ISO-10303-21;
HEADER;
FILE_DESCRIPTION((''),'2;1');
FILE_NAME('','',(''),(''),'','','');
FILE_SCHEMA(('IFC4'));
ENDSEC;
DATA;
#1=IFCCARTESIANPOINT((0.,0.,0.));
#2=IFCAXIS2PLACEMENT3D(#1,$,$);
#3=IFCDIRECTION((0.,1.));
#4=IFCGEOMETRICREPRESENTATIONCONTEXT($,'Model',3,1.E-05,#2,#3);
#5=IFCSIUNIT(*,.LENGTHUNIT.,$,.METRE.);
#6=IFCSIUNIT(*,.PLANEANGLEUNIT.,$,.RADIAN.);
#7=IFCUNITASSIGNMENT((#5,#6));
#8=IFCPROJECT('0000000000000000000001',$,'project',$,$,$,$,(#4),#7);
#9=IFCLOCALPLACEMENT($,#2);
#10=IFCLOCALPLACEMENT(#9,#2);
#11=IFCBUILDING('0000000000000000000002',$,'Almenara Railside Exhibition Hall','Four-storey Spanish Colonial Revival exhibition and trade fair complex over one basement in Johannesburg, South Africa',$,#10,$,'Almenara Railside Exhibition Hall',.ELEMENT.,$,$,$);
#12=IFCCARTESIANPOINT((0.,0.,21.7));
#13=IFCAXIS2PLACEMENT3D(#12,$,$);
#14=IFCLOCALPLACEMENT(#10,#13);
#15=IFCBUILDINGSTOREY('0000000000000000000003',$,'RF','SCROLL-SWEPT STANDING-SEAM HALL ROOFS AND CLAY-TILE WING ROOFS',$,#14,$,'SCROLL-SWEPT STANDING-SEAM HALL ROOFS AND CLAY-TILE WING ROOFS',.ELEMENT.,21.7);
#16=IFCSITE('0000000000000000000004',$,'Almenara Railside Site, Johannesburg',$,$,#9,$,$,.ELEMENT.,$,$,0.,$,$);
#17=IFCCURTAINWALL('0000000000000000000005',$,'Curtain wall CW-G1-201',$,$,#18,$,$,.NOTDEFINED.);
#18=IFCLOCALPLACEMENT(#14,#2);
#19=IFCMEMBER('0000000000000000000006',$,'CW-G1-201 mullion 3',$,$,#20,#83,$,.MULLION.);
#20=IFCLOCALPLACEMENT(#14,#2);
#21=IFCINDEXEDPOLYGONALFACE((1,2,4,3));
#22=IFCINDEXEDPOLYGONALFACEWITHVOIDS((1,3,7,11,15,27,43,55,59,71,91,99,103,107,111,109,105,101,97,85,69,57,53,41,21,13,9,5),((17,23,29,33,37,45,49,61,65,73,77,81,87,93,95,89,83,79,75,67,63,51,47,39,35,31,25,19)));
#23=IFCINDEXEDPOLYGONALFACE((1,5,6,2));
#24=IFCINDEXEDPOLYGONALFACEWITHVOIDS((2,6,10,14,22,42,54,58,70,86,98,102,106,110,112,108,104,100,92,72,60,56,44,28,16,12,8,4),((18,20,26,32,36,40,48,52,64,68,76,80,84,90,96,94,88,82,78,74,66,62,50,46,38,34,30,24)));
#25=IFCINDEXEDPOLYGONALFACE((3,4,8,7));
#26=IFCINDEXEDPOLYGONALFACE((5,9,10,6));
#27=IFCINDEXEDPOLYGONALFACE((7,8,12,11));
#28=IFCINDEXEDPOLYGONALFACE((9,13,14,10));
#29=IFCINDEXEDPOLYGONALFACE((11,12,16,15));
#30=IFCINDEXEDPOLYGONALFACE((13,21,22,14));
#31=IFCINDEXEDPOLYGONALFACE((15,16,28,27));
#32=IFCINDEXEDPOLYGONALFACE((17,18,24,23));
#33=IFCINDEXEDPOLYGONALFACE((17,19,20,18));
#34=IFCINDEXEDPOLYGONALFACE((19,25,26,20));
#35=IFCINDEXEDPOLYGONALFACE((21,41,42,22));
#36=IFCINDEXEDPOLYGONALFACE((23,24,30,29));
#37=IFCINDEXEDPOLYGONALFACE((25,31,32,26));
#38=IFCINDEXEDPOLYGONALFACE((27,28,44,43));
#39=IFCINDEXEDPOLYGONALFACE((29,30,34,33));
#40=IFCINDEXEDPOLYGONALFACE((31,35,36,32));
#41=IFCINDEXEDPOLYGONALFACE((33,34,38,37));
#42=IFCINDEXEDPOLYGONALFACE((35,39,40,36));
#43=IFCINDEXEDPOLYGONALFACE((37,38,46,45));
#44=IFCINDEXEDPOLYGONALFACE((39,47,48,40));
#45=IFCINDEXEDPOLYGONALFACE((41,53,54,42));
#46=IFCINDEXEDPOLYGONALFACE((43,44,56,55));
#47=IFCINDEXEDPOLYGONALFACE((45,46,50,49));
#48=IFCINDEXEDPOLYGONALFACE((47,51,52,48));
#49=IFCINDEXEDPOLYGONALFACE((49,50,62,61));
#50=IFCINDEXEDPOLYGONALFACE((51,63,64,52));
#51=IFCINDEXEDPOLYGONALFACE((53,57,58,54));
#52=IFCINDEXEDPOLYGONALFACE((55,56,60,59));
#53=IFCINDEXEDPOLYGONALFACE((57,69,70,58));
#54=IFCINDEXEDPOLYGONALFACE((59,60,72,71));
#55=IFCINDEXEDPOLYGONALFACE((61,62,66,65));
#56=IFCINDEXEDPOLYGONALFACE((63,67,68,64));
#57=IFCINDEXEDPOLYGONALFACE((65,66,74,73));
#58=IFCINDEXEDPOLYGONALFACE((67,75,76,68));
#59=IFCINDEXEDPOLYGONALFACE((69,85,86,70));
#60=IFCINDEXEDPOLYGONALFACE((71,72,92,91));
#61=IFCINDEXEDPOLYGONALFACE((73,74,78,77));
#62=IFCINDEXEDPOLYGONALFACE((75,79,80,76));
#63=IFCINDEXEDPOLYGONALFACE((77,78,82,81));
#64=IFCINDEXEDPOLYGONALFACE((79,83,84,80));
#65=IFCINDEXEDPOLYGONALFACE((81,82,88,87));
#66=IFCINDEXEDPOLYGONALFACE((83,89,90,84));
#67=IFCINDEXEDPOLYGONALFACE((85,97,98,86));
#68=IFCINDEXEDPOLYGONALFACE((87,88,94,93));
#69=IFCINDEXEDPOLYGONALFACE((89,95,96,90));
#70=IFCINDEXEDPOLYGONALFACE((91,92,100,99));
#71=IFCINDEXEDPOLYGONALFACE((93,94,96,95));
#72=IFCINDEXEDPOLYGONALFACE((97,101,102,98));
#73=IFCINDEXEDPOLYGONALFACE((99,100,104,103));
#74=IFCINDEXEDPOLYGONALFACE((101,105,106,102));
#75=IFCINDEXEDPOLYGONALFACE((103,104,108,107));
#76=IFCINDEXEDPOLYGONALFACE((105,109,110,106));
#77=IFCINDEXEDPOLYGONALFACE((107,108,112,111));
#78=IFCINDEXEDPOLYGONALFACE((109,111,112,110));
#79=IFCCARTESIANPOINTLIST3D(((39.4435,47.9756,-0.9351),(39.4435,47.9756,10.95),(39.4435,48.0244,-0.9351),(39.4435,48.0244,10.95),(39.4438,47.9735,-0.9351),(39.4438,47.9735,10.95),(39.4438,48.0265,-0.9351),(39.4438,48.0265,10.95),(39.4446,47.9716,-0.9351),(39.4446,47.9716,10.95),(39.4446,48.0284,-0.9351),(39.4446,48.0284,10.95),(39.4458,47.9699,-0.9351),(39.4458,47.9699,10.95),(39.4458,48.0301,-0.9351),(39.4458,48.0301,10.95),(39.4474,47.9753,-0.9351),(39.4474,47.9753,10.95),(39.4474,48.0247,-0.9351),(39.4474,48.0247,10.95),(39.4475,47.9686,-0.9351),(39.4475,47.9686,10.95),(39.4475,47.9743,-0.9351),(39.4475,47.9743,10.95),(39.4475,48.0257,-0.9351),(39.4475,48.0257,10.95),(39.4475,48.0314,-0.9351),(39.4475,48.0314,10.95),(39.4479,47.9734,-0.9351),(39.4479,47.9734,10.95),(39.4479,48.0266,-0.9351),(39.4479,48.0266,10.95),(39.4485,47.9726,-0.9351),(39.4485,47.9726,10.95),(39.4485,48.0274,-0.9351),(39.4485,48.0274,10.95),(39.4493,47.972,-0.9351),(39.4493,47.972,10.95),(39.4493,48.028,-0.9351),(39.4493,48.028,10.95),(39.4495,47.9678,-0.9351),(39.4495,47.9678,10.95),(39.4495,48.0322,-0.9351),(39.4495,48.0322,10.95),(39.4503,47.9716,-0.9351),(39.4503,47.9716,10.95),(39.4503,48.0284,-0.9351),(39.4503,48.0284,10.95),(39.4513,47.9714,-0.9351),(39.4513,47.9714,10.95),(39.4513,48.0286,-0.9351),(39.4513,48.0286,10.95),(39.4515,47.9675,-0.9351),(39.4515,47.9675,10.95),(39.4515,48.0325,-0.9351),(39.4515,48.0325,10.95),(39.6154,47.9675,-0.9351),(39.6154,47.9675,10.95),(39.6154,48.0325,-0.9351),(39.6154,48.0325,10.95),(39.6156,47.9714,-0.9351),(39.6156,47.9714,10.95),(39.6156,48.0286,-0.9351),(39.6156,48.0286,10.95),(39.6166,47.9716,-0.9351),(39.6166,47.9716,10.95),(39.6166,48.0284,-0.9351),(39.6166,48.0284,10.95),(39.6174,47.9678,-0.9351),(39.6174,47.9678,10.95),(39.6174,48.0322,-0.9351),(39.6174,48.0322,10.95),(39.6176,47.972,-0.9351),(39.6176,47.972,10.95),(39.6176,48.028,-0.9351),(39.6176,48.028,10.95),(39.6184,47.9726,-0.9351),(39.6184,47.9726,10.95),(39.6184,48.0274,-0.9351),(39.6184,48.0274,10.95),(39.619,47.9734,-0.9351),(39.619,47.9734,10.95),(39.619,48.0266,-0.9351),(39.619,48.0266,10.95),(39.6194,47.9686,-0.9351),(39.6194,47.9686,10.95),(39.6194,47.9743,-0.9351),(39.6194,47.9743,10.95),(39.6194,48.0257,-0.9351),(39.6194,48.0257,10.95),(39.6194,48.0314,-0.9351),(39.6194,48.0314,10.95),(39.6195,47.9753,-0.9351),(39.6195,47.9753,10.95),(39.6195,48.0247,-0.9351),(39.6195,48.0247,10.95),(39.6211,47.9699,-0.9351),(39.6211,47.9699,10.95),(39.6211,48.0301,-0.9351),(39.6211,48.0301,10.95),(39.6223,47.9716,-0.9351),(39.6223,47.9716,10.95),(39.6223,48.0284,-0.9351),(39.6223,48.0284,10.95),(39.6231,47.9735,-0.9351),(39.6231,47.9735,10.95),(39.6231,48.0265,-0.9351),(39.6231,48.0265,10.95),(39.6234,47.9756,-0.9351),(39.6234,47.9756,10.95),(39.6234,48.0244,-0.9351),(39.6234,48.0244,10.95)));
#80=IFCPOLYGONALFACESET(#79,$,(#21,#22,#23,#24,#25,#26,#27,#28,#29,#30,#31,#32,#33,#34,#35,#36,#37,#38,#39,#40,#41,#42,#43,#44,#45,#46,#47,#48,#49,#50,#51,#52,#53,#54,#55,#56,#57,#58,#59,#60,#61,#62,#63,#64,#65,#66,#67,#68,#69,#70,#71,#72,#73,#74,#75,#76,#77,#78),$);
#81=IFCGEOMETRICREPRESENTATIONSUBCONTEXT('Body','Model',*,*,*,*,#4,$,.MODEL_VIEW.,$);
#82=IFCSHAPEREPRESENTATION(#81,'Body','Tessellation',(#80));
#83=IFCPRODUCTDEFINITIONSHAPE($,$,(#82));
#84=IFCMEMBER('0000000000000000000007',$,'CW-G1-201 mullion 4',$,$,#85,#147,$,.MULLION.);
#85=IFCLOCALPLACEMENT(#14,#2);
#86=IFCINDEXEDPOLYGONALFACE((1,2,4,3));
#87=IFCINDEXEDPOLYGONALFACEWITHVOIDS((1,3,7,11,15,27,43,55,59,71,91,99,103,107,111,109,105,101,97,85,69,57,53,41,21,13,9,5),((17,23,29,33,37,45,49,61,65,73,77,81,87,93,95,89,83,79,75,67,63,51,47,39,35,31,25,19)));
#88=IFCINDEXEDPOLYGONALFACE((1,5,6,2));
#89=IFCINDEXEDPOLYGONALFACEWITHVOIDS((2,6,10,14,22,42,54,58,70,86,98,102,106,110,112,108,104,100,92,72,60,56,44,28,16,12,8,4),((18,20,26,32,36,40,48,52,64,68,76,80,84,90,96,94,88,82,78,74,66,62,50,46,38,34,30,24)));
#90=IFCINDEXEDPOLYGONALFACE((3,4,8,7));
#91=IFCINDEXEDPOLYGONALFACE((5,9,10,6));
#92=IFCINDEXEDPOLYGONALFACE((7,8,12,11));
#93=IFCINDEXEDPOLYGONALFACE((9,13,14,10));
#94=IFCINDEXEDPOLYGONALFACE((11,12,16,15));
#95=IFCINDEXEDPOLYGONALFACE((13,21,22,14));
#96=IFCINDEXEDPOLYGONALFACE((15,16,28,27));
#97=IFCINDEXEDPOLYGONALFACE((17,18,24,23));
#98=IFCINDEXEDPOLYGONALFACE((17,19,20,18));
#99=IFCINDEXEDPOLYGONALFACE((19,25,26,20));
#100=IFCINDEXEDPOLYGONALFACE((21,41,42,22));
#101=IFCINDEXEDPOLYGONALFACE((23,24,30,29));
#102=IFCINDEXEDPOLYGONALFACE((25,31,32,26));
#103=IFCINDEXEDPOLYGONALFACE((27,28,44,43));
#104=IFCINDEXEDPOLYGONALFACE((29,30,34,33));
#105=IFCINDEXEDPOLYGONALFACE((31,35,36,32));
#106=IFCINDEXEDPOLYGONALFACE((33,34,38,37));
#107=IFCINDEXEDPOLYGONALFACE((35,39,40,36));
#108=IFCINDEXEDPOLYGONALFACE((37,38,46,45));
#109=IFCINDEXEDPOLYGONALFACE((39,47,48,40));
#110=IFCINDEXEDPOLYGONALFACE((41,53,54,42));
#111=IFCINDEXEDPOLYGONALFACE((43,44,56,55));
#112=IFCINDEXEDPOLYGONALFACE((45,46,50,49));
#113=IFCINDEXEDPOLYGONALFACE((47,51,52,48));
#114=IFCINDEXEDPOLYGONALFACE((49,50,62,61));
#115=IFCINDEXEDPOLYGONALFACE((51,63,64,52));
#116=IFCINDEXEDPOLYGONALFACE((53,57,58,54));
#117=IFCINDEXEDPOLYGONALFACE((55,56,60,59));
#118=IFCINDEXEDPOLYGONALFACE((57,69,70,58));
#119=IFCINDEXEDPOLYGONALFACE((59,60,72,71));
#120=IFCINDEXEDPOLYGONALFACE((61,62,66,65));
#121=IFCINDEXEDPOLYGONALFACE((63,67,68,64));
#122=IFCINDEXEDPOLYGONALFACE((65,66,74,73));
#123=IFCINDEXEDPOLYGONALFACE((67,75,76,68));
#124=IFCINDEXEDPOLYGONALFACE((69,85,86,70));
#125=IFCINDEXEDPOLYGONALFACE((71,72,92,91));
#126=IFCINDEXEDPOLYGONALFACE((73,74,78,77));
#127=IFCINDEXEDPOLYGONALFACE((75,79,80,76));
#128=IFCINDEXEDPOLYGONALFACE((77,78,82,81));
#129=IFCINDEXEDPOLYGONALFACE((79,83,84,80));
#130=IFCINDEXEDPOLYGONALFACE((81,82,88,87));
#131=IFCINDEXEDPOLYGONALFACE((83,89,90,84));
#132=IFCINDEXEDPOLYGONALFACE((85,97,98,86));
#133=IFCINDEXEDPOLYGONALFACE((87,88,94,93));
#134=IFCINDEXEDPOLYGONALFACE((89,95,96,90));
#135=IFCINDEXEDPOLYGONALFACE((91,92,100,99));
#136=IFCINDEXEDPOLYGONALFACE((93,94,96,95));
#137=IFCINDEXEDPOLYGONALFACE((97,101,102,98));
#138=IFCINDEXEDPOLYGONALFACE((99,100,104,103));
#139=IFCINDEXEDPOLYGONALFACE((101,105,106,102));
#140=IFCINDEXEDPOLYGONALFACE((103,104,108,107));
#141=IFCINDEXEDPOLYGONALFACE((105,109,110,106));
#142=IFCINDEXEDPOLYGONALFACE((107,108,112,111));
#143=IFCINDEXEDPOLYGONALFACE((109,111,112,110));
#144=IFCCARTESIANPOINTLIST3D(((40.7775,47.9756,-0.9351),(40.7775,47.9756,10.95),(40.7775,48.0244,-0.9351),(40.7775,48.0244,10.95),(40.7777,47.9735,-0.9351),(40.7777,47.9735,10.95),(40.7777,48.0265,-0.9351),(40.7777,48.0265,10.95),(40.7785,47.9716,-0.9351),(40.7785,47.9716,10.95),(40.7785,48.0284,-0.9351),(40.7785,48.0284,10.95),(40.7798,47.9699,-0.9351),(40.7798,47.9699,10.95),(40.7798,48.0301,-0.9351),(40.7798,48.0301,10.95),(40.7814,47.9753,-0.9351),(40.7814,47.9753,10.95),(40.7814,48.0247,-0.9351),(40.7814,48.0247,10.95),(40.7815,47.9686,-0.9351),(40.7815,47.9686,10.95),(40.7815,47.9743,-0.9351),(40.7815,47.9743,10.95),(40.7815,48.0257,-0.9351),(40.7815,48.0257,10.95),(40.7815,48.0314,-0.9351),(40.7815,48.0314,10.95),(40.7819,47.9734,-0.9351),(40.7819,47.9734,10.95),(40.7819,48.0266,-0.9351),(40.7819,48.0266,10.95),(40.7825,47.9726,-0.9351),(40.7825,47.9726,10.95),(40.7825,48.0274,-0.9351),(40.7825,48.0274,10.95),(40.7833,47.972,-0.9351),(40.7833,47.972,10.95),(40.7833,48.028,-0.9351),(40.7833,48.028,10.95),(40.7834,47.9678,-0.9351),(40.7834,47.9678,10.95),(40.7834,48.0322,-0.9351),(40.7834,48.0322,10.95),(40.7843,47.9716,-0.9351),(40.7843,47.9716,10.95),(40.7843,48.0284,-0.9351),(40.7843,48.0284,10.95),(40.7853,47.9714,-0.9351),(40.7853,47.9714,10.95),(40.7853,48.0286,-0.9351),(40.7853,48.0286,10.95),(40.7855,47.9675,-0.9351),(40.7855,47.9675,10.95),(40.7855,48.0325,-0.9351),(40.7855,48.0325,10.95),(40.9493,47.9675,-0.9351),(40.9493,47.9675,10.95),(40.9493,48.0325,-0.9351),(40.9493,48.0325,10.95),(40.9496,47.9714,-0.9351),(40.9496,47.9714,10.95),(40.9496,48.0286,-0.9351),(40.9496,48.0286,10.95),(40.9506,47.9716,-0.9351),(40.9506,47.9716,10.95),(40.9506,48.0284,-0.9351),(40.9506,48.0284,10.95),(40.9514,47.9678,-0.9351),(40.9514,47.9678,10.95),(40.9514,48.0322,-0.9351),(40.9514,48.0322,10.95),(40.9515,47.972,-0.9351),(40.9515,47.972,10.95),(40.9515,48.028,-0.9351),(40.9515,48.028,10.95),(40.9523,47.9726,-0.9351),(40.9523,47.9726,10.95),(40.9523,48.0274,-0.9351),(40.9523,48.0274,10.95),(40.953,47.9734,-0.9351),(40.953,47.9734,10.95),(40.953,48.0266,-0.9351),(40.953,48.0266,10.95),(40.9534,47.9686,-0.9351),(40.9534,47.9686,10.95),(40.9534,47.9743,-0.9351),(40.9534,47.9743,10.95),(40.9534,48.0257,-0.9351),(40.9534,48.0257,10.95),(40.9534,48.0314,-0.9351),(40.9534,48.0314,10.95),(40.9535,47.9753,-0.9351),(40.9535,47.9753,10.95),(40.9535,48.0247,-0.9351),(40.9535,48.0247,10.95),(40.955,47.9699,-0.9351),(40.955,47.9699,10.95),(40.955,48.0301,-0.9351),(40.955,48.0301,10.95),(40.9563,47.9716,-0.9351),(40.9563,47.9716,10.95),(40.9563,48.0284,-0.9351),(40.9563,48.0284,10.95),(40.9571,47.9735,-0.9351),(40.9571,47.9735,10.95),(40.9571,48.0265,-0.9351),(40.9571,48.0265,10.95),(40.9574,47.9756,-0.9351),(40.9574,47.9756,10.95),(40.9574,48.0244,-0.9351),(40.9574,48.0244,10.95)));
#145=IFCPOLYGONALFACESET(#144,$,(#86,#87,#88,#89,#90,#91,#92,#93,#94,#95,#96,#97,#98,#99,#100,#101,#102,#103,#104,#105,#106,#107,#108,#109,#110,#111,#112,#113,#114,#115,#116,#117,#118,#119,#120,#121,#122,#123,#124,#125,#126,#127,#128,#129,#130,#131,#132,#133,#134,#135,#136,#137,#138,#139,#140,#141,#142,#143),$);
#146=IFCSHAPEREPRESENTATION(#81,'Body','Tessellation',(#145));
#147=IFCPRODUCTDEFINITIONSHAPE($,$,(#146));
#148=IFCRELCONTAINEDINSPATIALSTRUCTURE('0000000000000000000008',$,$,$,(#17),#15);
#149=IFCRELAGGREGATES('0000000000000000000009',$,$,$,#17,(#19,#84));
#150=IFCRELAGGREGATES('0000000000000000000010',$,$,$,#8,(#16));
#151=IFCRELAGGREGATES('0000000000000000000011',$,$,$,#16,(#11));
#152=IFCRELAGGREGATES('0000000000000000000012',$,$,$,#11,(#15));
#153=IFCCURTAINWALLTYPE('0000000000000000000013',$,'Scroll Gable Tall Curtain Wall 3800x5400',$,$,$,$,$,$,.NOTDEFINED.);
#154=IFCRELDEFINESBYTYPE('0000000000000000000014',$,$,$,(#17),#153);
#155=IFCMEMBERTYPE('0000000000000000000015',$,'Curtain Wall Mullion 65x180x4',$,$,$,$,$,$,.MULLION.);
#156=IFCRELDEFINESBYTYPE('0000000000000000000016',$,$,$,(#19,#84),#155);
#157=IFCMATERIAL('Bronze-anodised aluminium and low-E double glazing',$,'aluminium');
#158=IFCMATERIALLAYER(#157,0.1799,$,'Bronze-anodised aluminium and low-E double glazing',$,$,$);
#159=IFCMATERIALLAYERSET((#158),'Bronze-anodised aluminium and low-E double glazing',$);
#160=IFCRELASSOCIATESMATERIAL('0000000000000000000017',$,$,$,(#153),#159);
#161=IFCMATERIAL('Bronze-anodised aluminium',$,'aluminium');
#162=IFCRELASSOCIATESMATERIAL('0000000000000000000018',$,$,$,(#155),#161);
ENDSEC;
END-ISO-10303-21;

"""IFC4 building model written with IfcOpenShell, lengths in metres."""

from ifc_helpers import new_model, si_unit, direction, frame, origin, origin_2d, place, context, subcontext, project, spatial, hollow_rectangle, extrude, material, layer, layer_set, material_profile, profile_set, type_object, element, aggregate, save


model = new_model("IFC4")

# Units and contexts
model_context = context("Model", 3, precision=1e-05, world=origin(), true_north=direction((0.0, 1.0)))
body_context = subcontext(model_context, "Body", "Model", "MODEL_VIEW")
ifc_project = project(units=[si_unit("LENGTHUNIT", "METRE"), si_unit("PLANEANGLEUNIT", "RADIAN")], contexts=[model_context])

# Site, building, storey
site_placement = place(None, origin())
site = spatial("IfcSite", under=ifc_project, at=site_placement, Name="Almenara Railside Site, Johannesburg", CompositionType="ELEMENT", RefElevation=0.0)
building_placement = place(site_placement, origin())
building = spatial("IfcBuilding", under=site, at=building_placement, Name="Almenara Railside Exhibition Hall", Description="Four-storey Spanish Colonial Revival exhibition and trade fair complex over one basement in Johannesburg, South Africa", LongName="Almenara Railside Exhibition Hall", CompositionType="ELEMENT")
storey_placement = place(building_placement, frame((0.0, 0.0, 21.7)))
storey = spatial("IfcBuildingStorey", under=building, at=storey_placement, Name="RF", Description="SCROLL-SWEPT STANDING-SEAM HALL ROOFS AND CLAY-TILE WING ROOFS", LongName="SCROLL-SWEPT STANDING-SEAM HALL ROOFS AND CLAY-TILE WING ROOFS", CompositionType="ELEMENT", Elevation=21.7)

# Curtain wall, members
ifc_material_1 = material(Name="Bronze-anodised aluminium and low-E double glazing", Category="aluminium")
ifc_layer_1 = layer(ifc_material_1, 0.1799, Name="Bronze-anodised aluminium and low-E double glazing")
ifc_layer_set_1 = layer_set([ifc_layer_1], Name="Bronze-anodised aluminium and low-E double glazing")
curtain_wall_type = type_object("IfcCurtainWallType", Name="Scroll Gable Tall Curtain Wall 3800x5400", PredefinedType="NOTDEFINED", material=ifc_layer_set_1)
ifc_material_2 = material(Name="Bronze-anodised aluminium", Category="aluminium")
curtain_wall_1_placement = place(storey_placement, origin())
curtain_wall_1 = element("IfcCurtainWall", 1, at=curtain_wall_1_placement, inside=storey, type_object=curtain_wall_type, Name="Curtain wall CW-G1-201", PredefinedType="NOTDEFINED")
ifc_material_profile_1 = material_profile(ifc_material_2, hollow_rectangle(XDim=0.0649, YDim=0.1799, WallThickness=0.0039, InnerFilletRadius=0.0039, OuterFilletRadius=0.0081, at=origin_2d()), Name="ALU-MUL 65x180x4")
ifc_profile_set_1 = profile_set([ifc_material_profile_1], Name="Bronze-anodised aluminium")
member_type_1 = type_object("IfcMemberType", Name="Curtain Wall Mullion 65x180x4", PredefinedType="MULLION", material=ifc_profile_set_1)
member_1_placement = place(storey_placement, frame((39.5334, 48.0, -0.9351), z_axis=(0.0, 0.0, 1.0), x_axis=(0.0, 1.0, 0.0)))
member_1 = element("IfcMember", 2, at=member_1_placement, type_object=member_type_1, Name="CW-G1-201 mullion 3", PredefinedType="MULLION", context=body_context, shape_type="SweptSolid", body=[
    extrude(hollow_rectangle(XDim=0.0649, YDim=0.1799, WallThickness=0.0039, InnerFilletRadius=0.0039, OuterFilletRadius=0.0081, at=origin_2d()), origin(), (0.0, 0.0, 1.0), 11.885),
])
member_2_placement = place(storey_placement, frame((40.8674, 48.0, -0.9351), z_axis=(0.0, 0.0, 1.0), x_axis=(0.0, 1.0, 0.0)))
member_2 = element("IfcMember", 3, at=member_2_placement, type_object=member_type_1, Name="CW-G1-201 mullion 4", PredefinedType="MULLION", context=body_context, shape_type="SweptSolid", body=[
    extrude(hollow_rectangle(XDim=0.0649, YDim=0.1799, WallThickness=0.0039, InnerFilletRadius=0.0039, OuterFilletRadius=0.0081, at=origin_2d()), origin(), (0.0, 0.0, 1.0), 11.885),
])

aggregate(curtain_wall_1, [member_1, member_2])

save(model, "model.ifc")
